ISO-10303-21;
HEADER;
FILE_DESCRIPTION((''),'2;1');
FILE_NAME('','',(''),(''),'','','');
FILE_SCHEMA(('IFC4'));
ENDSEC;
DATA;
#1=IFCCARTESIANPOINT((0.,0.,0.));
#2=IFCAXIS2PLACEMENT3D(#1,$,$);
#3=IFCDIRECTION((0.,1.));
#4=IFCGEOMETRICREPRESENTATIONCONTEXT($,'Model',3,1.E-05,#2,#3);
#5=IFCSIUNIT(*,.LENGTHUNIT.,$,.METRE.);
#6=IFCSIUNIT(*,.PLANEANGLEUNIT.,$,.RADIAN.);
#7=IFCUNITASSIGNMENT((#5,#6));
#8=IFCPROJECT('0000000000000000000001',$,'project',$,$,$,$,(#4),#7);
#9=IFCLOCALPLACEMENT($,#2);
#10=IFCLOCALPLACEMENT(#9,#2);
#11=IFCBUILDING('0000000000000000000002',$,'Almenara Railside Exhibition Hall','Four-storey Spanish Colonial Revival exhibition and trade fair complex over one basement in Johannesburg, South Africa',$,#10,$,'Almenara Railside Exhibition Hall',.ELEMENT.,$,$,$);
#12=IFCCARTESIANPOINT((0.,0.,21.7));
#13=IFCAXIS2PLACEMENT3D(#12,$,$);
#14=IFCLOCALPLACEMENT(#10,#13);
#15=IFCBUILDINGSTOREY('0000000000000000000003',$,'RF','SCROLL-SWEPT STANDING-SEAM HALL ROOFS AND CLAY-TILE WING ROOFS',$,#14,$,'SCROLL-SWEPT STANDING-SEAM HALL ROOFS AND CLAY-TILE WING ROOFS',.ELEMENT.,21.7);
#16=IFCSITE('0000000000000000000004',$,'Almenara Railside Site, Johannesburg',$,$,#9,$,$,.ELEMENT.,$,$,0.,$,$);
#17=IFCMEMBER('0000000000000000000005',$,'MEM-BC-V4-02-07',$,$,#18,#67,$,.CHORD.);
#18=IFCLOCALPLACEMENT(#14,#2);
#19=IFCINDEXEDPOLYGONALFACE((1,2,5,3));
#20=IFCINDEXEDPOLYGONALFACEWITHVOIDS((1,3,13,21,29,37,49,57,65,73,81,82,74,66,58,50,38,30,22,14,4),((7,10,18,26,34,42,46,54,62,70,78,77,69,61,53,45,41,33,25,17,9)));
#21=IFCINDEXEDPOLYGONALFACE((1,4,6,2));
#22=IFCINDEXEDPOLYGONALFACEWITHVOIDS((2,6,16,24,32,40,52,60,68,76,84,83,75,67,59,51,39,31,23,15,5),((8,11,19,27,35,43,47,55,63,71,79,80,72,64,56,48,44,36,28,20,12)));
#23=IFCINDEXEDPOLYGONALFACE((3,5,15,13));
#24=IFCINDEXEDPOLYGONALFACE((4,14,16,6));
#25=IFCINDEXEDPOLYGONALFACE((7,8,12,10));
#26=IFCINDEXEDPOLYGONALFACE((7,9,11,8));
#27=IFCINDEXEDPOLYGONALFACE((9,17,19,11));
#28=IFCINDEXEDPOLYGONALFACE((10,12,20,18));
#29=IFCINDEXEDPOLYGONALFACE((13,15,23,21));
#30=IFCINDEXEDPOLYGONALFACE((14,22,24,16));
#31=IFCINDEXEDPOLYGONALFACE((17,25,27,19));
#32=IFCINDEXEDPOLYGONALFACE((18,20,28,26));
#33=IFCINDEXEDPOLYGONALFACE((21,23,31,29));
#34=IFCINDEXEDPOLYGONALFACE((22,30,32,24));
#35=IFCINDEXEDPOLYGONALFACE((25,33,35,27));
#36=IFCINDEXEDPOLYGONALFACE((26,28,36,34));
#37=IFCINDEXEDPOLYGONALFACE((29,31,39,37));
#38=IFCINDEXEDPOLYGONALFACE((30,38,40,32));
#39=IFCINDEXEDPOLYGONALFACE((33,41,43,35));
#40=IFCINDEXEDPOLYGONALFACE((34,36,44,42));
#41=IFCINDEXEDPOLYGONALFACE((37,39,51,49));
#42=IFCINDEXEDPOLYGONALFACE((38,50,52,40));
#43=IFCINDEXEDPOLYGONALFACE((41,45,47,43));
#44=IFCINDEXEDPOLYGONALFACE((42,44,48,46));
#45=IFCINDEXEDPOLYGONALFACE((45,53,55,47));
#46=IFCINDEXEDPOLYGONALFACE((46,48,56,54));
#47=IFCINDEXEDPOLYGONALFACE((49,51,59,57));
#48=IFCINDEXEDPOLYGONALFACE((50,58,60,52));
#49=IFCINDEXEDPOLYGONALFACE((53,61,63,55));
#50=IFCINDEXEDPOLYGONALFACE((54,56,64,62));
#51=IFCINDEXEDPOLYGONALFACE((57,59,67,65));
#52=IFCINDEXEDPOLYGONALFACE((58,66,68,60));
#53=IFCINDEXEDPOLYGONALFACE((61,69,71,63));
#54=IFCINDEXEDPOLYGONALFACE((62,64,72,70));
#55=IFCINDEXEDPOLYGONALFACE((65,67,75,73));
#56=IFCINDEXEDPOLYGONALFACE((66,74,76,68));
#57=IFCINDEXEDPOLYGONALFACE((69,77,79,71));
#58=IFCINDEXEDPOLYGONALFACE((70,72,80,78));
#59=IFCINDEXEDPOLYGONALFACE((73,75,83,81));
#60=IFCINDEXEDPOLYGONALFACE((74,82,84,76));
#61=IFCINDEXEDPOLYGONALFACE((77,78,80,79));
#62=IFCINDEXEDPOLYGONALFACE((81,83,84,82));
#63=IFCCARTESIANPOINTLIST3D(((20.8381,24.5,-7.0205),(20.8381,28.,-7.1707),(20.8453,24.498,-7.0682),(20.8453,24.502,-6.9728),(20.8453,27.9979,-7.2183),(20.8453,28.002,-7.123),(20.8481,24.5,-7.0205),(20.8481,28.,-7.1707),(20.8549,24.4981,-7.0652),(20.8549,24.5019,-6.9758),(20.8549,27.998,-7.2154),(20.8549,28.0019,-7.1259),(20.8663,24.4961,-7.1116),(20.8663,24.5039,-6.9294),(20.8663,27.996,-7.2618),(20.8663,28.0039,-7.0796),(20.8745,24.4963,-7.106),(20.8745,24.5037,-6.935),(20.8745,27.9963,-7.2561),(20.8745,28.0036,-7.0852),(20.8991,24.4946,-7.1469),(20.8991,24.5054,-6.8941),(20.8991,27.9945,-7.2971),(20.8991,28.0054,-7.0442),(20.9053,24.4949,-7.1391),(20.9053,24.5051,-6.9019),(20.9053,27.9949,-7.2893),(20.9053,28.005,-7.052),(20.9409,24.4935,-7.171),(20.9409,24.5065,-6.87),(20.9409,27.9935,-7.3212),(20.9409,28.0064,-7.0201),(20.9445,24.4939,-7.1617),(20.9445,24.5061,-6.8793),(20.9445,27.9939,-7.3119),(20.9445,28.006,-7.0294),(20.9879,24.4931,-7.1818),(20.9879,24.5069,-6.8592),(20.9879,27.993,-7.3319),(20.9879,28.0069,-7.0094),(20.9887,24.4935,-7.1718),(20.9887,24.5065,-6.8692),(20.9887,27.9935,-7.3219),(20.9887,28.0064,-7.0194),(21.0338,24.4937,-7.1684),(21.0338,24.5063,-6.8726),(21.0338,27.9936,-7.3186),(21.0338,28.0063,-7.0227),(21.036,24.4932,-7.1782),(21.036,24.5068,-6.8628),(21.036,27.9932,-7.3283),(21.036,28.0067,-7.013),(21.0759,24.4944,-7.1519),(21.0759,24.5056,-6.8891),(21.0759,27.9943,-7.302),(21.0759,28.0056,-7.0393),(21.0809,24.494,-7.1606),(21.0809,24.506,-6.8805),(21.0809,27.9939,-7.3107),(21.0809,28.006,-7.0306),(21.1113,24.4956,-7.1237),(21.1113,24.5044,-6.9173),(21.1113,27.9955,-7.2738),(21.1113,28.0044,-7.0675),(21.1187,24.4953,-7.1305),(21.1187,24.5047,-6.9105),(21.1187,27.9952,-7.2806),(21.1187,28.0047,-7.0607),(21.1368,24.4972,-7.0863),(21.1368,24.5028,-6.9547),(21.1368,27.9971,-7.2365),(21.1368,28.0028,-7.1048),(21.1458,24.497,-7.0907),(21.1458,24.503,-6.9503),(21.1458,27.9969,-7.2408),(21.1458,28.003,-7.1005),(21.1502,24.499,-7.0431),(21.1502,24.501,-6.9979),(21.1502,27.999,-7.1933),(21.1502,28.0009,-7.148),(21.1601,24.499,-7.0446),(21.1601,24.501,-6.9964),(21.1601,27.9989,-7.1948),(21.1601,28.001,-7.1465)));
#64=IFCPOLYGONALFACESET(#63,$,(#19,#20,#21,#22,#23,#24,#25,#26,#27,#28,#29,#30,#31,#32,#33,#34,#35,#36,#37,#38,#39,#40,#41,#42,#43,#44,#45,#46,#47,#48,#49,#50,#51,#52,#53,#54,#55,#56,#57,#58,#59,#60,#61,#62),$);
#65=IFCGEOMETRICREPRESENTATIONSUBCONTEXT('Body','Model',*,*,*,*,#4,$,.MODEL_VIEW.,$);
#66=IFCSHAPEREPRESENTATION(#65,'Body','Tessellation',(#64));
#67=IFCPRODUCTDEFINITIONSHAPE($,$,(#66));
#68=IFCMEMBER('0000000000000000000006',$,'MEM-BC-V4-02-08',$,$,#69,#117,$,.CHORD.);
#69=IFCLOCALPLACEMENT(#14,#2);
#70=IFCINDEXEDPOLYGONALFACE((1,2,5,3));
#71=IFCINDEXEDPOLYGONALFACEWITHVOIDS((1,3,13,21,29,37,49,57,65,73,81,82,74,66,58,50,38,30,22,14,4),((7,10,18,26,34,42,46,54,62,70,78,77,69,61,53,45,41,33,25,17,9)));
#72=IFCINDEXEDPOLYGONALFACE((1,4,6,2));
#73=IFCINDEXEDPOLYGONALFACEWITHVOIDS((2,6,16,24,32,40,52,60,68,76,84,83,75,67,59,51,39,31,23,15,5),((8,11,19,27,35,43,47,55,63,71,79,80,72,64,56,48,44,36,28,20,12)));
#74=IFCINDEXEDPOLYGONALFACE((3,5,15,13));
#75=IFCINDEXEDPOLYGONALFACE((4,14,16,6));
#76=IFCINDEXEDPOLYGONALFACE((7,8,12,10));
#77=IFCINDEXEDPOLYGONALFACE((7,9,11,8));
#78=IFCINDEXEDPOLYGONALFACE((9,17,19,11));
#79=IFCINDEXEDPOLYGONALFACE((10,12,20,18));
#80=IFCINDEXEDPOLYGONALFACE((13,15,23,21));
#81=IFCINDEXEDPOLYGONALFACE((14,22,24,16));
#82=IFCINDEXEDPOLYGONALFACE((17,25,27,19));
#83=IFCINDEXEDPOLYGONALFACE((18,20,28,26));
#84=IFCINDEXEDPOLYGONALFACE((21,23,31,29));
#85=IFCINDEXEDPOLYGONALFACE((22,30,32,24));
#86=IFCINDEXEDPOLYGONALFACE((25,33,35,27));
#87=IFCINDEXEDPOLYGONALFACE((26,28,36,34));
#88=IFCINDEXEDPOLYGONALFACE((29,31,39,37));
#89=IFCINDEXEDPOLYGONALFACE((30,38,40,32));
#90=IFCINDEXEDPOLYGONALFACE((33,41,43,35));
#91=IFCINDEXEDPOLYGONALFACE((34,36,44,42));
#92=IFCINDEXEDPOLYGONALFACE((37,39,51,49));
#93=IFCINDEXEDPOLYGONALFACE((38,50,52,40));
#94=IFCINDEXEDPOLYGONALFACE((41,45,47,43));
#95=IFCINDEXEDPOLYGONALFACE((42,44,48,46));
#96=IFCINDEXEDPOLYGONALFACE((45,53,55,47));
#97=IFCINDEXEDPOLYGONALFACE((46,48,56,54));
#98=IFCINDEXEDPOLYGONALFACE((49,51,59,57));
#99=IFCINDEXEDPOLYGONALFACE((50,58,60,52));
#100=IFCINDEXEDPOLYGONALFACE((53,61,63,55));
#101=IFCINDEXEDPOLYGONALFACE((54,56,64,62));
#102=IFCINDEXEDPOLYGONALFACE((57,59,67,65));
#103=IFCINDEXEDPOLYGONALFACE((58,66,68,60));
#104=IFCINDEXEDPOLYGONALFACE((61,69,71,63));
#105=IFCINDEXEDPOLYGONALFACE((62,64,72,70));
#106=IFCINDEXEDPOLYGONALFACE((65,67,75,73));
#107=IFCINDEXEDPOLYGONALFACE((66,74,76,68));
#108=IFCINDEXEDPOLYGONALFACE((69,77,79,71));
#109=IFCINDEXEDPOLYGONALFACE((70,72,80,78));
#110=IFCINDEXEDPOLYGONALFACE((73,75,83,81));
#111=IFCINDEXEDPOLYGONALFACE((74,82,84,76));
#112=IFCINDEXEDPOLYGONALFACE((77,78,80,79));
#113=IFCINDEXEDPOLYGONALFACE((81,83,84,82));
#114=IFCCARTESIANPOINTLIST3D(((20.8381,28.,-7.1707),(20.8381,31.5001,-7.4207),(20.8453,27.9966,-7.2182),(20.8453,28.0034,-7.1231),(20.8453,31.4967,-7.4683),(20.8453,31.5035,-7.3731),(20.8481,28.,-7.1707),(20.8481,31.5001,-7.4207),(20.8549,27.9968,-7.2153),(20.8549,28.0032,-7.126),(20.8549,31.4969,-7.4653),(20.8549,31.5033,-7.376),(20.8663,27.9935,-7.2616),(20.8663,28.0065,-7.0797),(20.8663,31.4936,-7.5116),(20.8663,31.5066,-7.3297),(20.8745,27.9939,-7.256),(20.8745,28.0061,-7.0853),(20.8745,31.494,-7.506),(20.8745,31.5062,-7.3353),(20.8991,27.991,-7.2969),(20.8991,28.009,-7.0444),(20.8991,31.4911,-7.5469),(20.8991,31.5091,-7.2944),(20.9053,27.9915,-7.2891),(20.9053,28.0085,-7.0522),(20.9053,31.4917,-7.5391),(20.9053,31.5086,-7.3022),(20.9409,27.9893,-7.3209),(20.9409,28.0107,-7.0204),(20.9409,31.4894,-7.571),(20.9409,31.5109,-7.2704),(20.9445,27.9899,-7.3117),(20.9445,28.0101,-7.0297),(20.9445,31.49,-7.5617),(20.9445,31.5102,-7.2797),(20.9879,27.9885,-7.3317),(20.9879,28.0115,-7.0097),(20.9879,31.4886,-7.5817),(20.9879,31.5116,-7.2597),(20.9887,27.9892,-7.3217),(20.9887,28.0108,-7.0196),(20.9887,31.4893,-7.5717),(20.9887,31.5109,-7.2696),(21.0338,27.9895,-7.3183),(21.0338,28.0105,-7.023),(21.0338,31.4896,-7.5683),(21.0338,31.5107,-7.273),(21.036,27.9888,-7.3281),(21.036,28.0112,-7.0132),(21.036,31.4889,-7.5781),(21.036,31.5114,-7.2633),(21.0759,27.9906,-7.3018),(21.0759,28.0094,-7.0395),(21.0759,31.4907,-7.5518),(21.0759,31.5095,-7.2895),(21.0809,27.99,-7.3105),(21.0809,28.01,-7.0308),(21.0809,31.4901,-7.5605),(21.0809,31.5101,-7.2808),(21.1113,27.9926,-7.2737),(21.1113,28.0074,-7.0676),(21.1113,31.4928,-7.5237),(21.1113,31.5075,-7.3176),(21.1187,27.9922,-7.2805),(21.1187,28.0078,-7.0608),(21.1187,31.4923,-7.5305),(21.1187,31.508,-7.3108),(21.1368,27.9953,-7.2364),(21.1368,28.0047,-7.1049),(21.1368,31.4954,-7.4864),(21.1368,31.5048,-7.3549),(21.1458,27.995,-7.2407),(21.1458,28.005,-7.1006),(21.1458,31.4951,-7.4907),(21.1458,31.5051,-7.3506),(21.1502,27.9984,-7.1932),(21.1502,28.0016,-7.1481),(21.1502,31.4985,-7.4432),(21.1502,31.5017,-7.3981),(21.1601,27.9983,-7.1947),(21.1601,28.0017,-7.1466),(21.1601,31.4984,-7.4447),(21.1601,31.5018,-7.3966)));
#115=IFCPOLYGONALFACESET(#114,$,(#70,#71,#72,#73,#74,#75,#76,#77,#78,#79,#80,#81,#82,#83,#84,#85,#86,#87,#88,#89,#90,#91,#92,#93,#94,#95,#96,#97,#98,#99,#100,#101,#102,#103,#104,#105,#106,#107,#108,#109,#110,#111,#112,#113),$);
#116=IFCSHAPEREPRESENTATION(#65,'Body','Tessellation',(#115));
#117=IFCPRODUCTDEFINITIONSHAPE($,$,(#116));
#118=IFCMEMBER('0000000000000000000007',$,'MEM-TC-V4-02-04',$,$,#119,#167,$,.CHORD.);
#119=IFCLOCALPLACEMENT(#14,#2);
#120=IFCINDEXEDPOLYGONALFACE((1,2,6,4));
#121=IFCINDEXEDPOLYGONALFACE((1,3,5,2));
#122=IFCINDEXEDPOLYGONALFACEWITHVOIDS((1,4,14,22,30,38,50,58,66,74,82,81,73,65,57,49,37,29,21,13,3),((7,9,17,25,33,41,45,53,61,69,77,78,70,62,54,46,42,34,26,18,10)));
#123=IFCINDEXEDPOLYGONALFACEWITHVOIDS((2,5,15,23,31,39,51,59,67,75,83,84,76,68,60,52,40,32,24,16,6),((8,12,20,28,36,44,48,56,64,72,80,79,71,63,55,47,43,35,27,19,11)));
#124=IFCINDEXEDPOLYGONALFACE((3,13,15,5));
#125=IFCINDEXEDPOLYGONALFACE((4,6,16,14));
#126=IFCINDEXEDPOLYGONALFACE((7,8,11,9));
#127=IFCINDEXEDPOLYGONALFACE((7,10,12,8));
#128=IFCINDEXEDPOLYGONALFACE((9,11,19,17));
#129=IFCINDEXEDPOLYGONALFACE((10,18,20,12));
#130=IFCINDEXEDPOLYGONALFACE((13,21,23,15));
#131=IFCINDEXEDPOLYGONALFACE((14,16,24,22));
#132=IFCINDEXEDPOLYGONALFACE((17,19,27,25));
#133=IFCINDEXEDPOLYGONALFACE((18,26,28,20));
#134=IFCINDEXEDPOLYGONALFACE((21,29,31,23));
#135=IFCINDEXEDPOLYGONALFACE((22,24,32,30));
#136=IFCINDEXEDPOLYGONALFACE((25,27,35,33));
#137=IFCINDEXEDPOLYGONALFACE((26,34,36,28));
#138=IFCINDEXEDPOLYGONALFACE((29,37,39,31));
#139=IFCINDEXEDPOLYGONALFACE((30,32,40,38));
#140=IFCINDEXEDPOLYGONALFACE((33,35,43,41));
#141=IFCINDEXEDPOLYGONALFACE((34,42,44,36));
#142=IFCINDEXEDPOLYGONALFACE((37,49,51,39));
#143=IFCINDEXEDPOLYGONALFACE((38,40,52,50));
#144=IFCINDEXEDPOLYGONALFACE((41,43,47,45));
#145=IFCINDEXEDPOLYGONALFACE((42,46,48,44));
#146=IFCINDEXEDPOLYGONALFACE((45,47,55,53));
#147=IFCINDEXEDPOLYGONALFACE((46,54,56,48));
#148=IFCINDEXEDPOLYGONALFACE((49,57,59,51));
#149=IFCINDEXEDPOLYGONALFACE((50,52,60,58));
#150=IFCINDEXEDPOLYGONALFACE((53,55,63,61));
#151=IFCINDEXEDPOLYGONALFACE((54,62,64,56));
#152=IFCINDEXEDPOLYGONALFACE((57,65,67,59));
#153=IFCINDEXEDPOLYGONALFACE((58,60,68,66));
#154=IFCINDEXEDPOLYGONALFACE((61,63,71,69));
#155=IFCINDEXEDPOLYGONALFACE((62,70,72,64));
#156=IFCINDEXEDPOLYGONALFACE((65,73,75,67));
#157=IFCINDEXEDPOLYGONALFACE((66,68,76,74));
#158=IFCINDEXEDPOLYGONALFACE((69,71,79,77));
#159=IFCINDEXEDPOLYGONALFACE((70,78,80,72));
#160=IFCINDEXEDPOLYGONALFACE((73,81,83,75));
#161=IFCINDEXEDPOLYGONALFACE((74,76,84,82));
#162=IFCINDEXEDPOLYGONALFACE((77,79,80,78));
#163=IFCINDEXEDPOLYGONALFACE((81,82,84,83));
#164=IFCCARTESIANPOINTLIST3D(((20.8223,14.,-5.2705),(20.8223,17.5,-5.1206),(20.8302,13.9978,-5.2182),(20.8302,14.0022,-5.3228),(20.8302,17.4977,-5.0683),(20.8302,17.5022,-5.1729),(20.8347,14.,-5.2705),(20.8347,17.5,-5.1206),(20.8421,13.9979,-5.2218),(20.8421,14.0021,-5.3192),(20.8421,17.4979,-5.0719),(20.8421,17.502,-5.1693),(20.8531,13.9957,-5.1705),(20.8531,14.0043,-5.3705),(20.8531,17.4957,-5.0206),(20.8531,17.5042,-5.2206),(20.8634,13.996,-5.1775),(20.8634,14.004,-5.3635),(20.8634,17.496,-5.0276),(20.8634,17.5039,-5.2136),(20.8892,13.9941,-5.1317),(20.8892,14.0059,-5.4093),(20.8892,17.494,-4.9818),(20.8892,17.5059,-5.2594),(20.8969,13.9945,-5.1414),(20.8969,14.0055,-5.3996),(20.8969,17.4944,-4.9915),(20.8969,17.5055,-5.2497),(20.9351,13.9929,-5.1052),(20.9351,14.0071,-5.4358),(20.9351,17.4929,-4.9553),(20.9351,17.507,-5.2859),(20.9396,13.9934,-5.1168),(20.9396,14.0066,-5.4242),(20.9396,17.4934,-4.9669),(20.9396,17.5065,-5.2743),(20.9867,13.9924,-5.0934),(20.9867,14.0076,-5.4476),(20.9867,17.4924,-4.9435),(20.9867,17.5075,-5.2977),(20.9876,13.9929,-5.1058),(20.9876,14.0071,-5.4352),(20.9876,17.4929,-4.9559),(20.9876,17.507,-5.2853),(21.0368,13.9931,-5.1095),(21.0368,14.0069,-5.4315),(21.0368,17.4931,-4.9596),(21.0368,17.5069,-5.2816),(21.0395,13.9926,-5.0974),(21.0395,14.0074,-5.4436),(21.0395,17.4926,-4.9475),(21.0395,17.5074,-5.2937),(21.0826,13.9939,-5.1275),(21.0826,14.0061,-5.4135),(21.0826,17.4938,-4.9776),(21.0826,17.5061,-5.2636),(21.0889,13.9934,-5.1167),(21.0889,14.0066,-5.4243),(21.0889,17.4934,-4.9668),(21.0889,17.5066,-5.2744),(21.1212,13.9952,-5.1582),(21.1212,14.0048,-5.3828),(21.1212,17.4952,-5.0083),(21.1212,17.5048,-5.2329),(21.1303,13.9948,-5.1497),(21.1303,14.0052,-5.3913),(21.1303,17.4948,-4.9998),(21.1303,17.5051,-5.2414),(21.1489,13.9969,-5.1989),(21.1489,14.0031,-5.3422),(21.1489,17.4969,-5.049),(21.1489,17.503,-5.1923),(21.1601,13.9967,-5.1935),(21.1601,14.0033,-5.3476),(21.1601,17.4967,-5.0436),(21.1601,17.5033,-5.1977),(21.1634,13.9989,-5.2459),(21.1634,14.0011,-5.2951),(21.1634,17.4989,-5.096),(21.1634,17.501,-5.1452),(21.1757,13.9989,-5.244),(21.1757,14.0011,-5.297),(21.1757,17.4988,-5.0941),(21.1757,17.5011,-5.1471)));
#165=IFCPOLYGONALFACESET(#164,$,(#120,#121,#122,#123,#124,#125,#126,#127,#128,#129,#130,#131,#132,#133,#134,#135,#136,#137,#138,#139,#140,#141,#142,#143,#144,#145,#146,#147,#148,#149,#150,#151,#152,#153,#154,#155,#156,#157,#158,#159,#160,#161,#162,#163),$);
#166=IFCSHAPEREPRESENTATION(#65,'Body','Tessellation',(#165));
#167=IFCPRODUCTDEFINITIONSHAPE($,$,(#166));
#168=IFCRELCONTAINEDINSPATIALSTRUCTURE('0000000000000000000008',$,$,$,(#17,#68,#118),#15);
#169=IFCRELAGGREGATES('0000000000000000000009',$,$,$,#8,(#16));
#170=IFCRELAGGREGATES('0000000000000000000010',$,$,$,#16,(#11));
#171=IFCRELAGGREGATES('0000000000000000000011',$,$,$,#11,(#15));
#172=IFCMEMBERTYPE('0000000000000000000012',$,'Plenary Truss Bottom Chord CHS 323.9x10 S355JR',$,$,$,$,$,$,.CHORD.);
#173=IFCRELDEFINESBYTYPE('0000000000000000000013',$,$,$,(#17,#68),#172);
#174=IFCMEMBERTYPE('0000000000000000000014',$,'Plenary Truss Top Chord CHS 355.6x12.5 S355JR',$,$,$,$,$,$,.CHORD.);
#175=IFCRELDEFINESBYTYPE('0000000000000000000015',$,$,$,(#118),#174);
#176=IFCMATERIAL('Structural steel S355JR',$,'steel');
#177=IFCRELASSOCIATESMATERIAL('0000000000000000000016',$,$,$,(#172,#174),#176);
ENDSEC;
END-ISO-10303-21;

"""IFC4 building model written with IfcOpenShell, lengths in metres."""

from ifc_helpers import new_model, si_unit, direction, frame, origin, origin_2d, place, context, subcontext, project, spatial, hollow_circle, extrude, material, material_profile, profile_set, type_object, element, save


model = new_model("IFC4")

# Units and contexts
model_context = context("Model", 3, precision=1e-05, world=origin(), true_north=direction((0.0, 1.0)))
body_context = subcontext(model_context, "Body", "Model", "MODEL_VIEW")
ifc_project = project(units=[si_unit("LENGTHUNIT", "METRE"), si_unit("PLANEANGLEUNIT", "RADIAN")], contexts=[model_context])

# Site, building, storey
site_placement = place(None, origin())
site = spatial("IfcSite", under=ifc_project, at=site_placement, Name="Almenara Railside Site, Johannesburg", CompositionType="ELEMENT", RefElevation=0.0)
building_placement = place(site_placement, origin())
building = spatial("IfcBuilding", under=site, at=building_placement, Name="Almenara Railside Exhibition Hall", Description="Four-storey Spanish Colonial Revival exhibition and trade fair complex over one basement in Johannesburg, South Africa", LongName="Almenara Railside Exhibition Hall", CompositionType="ELEMENT")
storey_placement = place(building_placement, frame((0.0, 0.0, 21.7)))
storey = spatial("IfcBuildingStorey", under=building, at=storey_placement, Name="RF", Description="SCROLL-SWEPT STANDING-SEAM HALL ROOFS AND CLAY-TILE WING ROOFS", LongName="SCROLL-SWEPT STANDING-SEAM HALL ROOFS AND CLAY-TILE WING ROOFS", CompositionType="ELEMENT", Elevation=21.7)

# Members
ifc_material_1 = material(Name="Structural steel S355JR", Category="steel")
ifc_material_profile_1 = material_profile(ifc_material_1, hollow_circle(Radius=0.1619, WallThickness=0.01, at=origin_2d()), Name="CHS 323.9x10")
ifc_profile_set_1 = profile_set([ifc_material_profile_1], Name="Structural steel S355JR")
member_type_1 = type_object("IfcMemberType", Name="Plenary Truss Bottom Chord CHS 323.9x10 S355JR", PredefinedType="CHORD", material=ifc_profile_set_1)
for number, where, z_axis, x_axis, name in (
    (1, (21.0, 24.5, -7.0205), (0.0, 0.999081, -0.04286), (-1.0, 0.0, 0.0), "MEM-BC-V4-02-07"),
):
    element("IfcMember", number, at=place(storey_placement, frame(where, z_axis=z_axis, x_axis=x_axis)), inside=storey, type_object=member_type_1, Name=name, PredefinedType="CHORD", context=body_context, shape_type="SweptSolid", body=[
        extrude(hollow_circle(Radius=0.1619, WallThickness=0.01, at=origin_2d()), origin(), (0.0, 0.0, 1.0), 3.5032),
    ])
member_1_placement = place(storey_placement, frame((21.0, 28.0, -7.1707), z_axis=(0.0, 0.997459, -0.071247), x_axis=(-1.0, 0.0, 0.0)))
element("IfcMember", 2, at=member_1_placement, inside=storey, type_object=member_type_1, Name="MEM-BC-V4-02-08", PredefinedType="CHORD", context=body_context, shape_type="SweptSolid", body=[
    extrude(hollow_circle(Radius=0.1619, WallThickness=0.01, at=origin_2d()), origin(), (0.0, 0.0, 1.0), 3.509),
])
ifc_material_profile_2 = material_profile(ifc_material_1, hollow_circle(Radius=0.1777, WallThickness=0.0125, at=origin_2d()), Name="CHS 355.6x12.5")
ifc_profile_set_2 = profile_set([ifc_material_profile_2], Name="Structural steel S355JR")
member_type_2 = type_object("IfcMemberType", Name="Plenary Truss Top Chord CHS 355.6x12.5 S355JR", PredefinedType="CHORD", material=ifc_profile_set_2)
member_2_placement = place(storey_placement, frame((21.0, 14.0, -5.2705), z_axis=(0.0, 0.999084, 0.04279), x_axis=(-1.0, 0.0, 0.0)))
element("IfcMember", 3, at=member_2_placement, inside=storey, type_object=member_type_2, Name="MEM-TC-V4-02-04", PredefinedType="CHORD", context=body_context, shape_type="SweptSolid", body=[
    extrude(hollow_circle(Radius=0.1777, WallThickness=0.0125, at=origin_2d()), origin(), (0.0, 0.0, 1.0), 3.5032),
])

save(model, "model.ifc")
